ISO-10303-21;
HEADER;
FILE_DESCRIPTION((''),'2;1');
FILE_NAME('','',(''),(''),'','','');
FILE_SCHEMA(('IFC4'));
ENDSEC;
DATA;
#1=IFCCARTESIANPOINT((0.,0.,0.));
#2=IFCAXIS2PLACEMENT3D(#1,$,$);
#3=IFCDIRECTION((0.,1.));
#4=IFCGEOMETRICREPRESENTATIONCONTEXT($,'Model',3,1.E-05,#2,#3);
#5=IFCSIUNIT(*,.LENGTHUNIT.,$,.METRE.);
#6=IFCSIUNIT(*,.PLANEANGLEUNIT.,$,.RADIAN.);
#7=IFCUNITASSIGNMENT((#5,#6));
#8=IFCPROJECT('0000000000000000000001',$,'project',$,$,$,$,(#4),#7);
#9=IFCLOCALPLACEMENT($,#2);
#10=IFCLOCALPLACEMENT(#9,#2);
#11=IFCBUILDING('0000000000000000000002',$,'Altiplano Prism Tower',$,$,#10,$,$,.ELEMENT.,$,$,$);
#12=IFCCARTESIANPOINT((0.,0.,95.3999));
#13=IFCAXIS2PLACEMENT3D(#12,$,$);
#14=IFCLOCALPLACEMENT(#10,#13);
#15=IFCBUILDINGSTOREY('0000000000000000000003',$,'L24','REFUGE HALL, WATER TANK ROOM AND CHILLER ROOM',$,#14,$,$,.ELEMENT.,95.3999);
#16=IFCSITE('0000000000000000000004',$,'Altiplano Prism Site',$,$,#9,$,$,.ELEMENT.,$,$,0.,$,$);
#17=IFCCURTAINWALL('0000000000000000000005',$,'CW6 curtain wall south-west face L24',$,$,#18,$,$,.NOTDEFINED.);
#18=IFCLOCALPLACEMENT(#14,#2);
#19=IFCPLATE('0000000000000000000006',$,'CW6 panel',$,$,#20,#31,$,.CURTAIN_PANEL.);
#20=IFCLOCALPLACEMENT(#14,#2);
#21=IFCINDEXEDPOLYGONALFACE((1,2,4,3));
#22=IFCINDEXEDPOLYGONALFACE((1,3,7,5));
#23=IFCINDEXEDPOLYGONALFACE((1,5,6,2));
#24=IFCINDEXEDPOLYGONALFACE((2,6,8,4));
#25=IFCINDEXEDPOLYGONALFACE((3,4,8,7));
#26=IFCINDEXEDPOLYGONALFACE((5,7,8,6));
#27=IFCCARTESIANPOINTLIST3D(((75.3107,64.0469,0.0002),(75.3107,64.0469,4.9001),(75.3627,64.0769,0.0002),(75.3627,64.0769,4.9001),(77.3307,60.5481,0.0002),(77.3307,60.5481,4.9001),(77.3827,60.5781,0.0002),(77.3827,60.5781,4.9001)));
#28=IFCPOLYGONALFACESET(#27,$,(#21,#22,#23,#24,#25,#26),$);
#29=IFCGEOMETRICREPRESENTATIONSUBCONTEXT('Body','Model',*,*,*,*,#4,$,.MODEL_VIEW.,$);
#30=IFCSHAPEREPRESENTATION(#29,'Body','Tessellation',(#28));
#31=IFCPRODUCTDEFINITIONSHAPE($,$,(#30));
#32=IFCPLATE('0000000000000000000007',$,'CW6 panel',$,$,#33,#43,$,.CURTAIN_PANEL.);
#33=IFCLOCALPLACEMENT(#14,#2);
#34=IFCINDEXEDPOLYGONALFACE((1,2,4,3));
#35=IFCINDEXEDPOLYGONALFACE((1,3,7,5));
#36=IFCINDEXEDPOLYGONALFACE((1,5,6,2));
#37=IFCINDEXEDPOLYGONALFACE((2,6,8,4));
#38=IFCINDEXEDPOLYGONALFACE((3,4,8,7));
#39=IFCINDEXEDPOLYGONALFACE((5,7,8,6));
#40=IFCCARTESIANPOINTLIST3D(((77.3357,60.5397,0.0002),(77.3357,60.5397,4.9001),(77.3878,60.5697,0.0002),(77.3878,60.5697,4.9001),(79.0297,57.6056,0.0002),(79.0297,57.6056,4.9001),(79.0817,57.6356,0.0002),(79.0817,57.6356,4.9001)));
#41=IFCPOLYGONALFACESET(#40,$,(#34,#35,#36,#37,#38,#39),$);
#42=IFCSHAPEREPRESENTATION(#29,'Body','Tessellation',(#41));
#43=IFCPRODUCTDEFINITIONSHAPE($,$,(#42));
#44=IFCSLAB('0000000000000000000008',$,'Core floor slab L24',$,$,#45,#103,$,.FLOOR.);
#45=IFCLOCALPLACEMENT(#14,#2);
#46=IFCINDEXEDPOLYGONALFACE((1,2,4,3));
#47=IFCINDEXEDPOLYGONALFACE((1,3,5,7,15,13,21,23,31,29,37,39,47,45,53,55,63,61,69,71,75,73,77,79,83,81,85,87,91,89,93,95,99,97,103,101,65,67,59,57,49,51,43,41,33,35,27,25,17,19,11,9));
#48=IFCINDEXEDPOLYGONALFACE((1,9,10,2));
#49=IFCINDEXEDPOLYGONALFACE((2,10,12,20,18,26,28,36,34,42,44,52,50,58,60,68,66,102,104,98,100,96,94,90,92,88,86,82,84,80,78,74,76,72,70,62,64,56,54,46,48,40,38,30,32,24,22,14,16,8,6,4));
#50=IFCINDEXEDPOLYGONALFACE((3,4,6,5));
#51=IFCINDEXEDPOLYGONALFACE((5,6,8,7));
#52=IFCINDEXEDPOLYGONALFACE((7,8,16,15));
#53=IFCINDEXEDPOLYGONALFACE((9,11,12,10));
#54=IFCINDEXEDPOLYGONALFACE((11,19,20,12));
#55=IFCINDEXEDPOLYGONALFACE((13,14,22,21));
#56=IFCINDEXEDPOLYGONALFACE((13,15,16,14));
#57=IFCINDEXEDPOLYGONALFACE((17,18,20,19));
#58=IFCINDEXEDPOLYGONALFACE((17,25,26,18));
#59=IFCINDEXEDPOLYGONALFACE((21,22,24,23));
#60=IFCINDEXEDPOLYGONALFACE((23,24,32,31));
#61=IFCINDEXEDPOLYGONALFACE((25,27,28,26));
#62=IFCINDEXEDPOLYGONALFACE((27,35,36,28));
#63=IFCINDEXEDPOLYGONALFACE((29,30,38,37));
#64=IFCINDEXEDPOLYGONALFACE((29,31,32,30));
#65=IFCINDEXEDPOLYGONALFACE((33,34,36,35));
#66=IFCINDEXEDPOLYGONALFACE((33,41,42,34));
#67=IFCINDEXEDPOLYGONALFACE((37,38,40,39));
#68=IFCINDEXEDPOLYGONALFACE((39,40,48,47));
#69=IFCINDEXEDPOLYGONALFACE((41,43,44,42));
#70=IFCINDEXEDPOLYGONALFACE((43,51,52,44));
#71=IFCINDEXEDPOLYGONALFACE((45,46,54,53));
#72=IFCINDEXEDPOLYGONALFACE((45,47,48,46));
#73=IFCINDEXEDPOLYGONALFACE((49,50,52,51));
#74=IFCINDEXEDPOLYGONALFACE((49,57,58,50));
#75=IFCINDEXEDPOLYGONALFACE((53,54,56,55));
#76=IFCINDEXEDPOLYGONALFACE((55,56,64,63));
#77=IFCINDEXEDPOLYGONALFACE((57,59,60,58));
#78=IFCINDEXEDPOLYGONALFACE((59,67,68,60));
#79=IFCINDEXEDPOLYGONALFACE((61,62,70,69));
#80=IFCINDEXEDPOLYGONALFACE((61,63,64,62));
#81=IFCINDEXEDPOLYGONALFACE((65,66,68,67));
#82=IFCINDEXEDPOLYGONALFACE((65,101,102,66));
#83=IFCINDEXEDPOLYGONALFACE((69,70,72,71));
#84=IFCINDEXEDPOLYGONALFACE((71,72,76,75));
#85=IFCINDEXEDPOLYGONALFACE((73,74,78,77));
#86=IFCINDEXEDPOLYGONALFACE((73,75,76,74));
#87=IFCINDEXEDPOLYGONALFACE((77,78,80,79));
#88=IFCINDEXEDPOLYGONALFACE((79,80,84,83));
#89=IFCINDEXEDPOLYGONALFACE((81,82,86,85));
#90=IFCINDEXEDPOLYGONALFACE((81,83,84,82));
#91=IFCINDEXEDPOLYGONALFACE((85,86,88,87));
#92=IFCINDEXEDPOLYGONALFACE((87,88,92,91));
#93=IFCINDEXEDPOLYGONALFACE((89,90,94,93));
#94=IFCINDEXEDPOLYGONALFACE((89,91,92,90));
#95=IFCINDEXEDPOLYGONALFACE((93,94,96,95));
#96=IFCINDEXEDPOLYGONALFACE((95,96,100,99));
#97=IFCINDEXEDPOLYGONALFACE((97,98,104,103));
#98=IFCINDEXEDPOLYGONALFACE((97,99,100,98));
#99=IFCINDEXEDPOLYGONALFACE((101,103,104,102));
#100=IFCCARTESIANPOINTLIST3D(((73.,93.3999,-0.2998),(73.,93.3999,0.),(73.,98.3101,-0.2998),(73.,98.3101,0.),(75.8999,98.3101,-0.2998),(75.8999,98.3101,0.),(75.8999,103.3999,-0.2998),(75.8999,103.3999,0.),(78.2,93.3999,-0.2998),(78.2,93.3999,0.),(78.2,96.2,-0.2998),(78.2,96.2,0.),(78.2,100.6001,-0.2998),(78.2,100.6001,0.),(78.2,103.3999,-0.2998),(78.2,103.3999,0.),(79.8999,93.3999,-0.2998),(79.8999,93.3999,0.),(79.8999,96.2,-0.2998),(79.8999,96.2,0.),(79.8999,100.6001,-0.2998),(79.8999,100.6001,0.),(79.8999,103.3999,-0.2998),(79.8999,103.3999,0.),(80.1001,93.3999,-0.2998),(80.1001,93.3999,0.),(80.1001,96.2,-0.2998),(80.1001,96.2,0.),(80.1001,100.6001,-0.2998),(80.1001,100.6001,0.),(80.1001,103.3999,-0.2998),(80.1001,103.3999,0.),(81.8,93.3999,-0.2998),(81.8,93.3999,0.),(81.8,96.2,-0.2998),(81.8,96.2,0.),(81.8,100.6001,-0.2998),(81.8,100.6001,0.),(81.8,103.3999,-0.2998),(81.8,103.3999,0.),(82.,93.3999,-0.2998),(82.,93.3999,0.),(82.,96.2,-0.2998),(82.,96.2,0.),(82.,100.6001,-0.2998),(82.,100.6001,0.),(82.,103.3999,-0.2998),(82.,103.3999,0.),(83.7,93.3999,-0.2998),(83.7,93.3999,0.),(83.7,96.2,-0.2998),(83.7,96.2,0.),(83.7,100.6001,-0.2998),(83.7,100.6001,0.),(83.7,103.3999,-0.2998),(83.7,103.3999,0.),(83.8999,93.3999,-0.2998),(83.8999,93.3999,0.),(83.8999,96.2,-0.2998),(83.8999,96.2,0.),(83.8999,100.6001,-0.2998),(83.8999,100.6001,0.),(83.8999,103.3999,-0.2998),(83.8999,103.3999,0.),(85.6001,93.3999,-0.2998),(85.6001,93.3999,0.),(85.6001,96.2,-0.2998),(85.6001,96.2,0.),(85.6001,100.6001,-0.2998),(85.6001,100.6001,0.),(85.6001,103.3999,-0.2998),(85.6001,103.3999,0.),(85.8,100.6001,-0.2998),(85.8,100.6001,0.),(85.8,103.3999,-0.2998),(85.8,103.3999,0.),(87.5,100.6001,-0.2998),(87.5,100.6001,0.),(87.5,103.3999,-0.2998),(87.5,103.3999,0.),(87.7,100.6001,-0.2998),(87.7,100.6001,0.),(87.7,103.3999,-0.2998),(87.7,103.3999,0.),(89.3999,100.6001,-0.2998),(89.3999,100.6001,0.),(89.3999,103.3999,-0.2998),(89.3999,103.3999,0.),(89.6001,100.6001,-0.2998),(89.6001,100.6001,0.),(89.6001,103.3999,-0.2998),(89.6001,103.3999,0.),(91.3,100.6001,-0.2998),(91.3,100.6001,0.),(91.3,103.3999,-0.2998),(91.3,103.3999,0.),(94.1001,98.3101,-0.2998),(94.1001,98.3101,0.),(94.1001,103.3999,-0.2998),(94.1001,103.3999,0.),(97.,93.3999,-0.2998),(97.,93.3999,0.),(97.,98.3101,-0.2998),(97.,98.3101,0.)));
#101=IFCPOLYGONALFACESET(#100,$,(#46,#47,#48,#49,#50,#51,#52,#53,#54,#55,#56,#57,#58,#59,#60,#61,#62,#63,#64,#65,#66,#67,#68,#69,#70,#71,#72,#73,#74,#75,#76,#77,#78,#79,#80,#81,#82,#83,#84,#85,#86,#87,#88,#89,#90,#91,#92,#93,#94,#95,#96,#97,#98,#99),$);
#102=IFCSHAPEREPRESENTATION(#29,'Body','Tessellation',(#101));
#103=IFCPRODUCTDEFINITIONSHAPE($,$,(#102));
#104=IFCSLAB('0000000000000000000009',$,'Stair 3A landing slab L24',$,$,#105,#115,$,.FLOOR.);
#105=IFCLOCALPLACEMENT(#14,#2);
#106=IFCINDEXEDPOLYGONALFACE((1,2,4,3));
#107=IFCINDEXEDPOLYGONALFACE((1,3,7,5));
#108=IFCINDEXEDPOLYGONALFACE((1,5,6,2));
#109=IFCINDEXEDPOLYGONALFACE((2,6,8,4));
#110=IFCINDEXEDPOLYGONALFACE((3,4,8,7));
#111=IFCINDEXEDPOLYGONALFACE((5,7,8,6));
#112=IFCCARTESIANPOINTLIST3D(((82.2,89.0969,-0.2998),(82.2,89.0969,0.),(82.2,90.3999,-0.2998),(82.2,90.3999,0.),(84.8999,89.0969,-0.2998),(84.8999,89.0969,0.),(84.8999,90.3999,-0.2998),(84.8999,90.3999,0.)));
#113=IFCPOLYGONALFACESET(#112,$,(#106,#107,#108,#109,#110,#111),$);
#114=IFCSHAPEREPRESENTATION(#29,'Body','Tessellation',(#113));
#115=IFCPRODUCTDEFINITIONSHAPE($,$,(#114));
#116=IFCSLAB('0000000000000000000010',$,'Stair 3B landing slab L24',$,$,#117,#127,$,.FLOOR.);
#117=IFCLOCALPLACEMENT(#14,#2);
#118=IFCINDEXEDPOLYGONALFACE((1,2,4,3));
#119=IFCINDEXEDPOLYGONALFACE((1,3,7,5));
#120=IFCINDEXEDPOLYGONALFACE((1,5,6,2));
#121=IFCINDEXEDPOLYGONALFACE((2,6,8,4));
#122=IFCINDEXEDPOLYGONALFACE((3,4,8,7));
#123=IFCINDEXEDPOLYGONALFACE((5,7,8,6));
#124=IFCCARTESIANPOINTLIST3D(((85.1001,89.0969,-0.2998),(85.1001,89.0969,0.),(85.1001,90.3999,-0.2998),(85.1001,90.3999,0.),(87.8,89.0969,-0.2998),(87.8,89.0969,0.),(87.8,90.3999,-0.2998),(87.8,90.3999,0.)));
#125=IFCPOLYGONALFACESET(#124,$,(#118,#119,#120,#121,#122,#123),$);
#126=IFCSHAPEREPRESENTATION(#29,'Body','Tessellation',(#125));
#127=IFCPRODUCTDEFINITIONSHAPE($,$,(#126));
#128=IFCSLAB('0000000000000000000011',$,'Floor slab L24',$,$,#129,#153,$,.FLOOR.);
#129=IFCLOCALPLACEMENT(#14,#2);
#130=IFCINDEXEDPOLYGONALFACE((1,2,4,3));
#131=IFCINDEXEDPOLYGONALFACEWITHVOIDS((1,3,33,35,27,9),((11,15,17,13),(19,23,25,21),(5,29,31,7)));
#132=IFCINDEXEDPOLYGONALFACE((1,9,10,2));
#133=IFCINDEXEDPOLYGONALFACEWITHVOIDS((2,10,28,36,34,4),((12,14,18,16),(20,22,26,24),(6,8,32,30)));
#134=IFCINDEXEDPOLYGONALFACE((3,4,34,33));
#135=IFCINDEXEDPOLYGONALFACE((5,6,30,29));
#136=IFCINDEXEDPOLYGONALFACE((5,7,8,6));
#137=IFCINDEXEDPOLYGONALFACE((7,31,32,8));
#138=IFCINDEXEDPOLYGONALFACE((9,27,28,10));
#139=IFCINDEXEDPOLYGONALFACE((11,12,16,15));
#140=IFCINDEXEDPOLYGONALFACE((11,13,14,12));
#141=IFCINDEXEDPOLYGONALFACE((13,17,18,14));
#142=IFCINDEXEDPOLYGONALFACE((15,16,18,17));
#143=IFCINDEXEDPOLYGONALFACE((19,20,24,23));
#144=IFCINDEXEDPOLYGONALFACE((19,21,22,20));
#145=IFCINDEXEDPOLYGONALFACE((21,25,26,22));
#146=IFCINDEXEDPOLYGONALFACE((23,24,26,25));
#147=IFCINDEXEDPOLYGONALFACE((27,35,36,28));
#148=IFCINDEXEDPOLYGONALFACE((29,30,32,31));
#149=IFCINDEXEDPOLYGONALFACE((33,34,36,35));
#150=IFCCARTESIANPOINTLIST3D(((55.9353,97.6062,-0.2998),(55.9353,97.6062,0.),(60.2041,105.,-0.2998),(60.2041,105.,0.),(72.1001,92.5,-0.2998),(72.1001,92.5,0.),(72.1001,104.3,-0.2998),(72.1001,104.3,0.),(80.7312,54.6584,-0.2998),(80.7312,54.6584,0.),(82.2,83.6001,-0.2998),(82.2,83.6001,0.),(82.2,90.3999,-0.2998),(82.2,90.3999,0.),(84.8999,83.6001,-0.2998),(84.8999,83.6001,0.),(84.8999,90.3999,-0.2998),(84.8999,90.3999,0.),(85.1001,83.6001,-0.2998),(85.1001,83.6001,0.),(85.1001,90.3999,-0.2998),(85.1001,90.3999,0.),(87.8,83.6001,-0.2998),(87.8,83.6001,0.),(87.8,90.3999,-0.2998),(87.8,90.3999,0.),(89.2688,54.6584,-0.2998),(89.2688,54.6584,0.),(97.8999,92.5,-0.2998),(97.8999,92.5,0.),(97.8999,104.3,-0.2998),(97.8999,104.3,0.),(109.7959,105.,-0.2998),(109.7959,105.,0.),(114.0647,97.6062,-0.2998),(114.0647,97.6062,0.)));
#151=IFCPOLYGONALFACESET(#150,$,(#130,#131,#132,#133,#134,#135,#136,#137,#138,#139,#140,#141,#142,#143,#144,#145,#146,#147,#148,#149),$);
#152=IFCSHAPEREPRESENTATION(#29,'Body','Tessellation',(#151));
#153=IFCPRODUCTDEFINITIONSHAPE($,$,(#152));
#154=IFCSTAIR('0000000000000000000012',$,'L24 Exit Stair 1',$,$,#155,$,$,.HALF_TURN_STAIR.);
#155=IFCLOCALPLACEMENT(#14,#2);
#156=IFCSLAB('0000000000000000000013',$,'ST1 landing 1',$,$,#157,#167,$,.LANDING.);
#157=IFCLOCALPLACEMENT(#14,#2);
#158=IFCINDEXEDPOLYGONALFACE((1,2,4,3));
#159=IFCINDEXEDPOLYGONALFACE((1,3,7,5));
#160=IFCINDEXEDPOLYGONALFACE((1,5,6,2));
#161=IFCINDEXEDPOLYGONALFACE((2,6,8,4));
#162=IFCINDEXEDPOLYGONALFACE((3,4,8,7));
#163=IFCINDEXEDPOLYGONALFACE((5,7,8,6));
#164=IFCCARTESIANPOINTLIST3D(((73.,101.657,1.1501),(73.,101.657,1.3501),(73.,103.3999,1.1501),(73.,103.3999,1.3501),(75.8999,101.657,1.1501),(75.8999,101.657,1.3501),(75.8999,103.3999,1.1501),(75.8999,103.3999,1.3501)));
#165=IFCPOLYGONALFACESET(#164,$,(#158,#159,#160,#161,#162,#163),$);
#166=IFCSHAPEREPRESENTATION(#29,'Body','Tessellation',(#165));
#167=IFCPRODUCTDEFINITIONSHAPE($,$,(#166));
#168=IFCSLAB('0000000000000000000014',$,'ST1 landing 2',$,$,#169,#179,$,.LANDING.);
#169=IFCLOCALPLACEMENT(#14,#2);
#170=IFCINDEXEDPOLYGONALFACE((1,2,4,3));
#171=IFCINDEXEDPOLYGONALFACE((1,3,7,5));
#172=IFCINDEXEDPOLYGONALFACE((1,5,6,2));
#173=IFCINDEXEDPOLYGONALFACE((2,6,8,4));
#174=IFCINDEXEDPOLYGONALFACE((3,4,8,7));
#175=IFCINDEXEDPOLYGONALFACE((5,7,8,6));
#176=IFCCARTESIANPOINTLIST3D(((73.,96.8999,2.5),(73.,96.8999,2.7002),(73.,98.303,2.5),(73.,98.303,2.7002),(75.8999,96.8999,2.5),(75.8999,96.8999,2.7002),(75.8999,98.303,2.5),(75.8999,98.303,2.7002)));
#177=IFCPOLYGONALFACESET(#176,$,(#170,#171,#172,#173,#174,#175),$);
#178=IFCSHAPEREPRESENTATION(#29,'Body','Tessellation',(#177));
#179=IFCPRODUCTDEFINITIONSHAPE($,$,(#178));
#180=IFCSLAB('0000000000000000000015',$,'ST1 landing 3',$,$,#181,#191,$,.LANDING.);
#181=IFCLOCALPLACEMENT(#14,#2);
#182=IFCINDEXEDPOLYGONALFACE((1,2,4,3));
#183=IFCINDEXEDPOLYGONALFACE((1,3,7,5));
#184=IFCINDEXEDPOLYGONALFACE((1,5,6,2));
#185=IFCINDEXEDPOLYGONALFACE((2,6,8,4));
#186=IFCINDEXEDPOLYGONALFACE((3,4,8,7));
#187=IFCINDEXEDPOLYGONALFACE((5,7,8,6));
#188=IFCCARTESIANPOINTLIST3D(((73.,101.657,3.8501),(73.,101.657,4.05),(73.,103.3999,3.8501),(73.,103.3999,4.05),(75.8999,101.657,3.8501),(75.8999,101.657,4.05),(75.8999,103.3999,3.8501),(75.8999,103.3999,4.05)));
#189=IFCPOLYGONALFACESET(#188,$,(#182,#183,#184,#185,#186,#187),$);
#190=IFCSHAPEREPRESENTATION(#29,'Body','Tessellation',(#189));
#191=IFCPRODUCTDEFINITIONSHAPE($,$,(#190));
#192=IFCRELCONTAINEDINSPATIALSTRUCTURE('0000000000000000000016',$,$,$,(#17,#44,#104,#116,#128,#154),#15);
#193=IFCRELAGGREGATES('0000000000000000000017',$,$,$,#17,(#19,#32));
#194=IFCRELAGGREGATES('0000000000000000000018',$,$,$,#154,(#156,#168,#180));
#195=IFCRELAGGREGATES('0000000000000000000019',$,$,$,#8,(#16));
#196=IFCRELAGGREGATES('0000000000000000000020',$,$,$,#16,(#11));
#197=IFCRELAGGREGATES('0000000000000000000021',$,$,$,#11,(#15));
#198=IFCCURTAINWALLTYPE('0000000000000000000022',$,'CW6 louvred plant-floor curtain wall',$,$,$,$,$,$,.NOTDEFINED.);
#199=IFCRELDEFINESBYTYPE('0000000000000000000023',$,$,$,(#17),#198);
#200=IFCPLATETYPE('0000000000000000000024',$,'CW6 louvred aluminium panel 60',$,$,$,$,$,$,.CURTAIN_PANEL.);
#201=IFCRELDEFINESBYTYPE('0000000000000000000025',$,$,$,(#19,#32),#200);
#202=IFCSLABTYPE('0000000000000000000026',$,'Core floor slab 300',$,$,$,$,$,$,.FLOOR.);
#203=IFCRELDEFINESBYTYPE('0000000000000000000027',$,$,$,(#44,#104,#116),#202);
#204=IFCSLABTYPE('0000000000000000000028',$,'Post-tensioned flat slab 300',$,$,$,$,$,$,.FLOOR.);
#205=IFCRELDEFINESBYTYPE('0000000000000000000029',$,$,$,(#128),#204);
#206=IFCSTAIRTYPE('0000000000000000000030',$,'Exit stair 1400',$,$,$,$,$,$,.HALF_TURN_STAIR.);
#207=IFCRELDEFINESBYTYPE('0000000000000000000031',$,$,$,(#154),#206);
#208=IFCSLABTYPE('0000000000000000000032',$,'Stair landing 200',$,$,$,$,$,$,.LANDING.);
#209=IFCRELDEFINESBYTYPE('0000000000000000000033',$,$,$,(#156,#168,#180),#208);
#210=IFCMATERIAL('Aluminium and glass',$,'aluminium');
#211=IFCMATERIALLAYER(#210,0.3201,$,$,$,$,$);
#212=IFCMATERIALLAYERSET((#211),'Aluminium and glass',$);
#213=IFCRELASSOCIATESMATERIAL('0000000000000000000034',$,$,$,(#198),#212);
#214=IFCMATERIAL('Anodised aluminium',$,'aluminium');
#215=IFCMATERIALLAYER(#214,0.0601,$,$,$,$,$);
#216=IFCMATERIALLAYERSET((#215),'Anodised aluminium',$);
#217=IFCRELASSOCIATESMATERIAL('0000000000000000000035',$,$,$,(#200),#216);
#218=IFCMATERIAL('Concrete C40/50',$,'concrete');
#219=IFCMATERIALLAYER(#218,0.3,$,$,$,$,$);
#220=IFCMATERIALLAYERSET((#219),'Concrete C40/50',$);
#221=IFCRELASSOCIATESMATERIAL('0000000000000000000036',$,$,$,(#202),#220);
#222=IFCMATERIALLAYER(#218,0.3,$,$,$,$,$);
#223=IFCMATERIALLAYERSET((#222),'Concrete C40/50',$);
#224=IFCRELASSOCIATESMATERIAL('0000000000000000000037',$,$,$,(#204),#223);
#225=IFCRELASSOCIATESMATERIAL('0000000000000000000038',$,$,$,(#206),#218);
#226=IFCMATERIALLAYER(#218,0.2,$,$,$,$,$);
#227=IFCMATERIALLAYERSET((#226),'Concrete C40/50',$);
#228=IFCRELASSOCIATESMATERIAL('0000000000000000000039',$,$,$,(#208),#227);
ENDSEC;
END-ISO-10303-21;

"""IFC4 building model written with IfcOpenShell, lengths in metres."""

from ifc_helpers import new_model, si_unit, direction, frame, origin, origin_2d, place, context, subcontext, project, spatial, polyline, rectangle, outline, extrude, material, layer, layer_set, type_object, element, aggregate, save


model = new_model("IFC4")

# Units and contexts
model_context = context("Model", 3, precision=1e-05, world=origin(), true_north=direction((0.0, 1.0)))
body_context = subcontext(model_context, "Body", "Model", "MODEL_VIEW")
ifc_project = project(units=[si_unit("LENGTHUNIT", "METRE"), si_unit("PLANEANGLEUNIT", "RADIAN")], contexts=[model_context])

# Site, building, storey
site_placement = place(None, origin())
site = spatial("IfcSite", under=ifc_project, at=site_placement, Name="Altiplano Prism Site", CompositionType="ELEMENT", RefElevation=0.0)
building_placement = place(site_placement, origin())
building = spatial("IfcBuilding", under=site, at=building_placement, Name="Altiplano Prism Tower", CompositionType="ELEMENT")
storey_placement = place(building_placement, frame((0.0, 0.0, 95.3999)))
storey = spatial("IfcBuildingStorey", under=building, at=storey_placement, Name="L24", Description="REFUGE HALL, WATER TANK ROOM AND CHILLER ROOM", CompositionType="ELEMENT", Elevation=95.3999)

# Curtain wall, plates
ifc_material_1 = material(Name="Aluminium and glass", Category="aluminium")
ifc_layer_1 = layer(ifc_material_1, 0.3201)
ifc_layer_set_1 = layer_set([ifc_layer_1], Name="Aluminium and glass")
curtain_wall_type = type_object("IfcCurtainWallType", Name="CW6 louvred plant-floor curtain wall", PredefinedType="NOTDEFINED", material=ifc_layer_set_1)
curtain_wall_placement = place(storey_placement, origin())
curtain_wall = element("IfcCurtainWall", 1, at=curtain_wall_placement, inside=storey, type_object=curtain_wall_type, Name="CW6 curtain wall south-west face L24", PredefinedType="NOTDEFINED")
ifc_material_2 = material(Name="Anodised aluminium", Category="aluminium")
ifc_layer_2 = layer(ifc_material_2, 0.0601)
ifc_layer_set_2 = layer_set([ifc_layer_2], Name="Anodised aluminium")
plate_type = type_object("IfcPlateType", Name="CW6 louvred aluminium panel 60", PredefinedType="CURTAIN_PANEL", material=ifc_layer_set_2)
plate_1_placement = place(storey_placement, frame((76.3467, 62.3125, 0.0002), z_axis=(0.0, 0.0, 1.0), x_axis=(0.5, -0.866025, 0.0)))
plate_1 = element("IfcPlate", 2, at=plate_1_placement, type_object=plate_type, Name="CW6 panel", PredefinedType="CURTAIN_PANEL", context=body_context, shape_type="SweptSolid", body=[
    extrude(rectangle(XDim=4.04, YDim=0.0601, at=origin_2d()), origin(), (0.0, 0.0, 1.0), 4.8999),
])
plate_2_placement = place(storey_placement, frame((78.2087, 59.0876, 0.0002), z_axis=(0.0, 0.0, 1.0), x_axis=(0.5, -0.866025, 0.0)))
plate_2 = element("IfcPlate", 3, at=plate_2_placement, type_object=plate_type, Name="CW6 panel", PredefinedType="CURTAIN_PANEL", context=body_context, shape_type="SweptSolid", body=[
    extrude(rectangle(XDim=3.3879, YDim=0.0601, at=origin_2d()), origin(), (0.0, 0.0, 1.0), 4.8999),
])
aggregate(curtain_wall, [plate_1, plate_2])

# Slabs
ifc_material_3 = material(Name="Concrete C40/50", Category="concrete")
ifc_layer_3 = layer(ifc_material_3, 0.3)
ifc_layer_set_3 = layer_set([ifc_layer_3], Name="Concrete C40/50")
slab_type_1 = type_object("IfcSlabType", Name="Core floor slab 300", PredefinedType="FLOOR", material=ifc_layer_set_3)
slab_1_placement = place(storey_placement, frame((0.0, 0.0, -0.2998)))
element("IfcSlab", 4, at=slab_1_placement, inside=storey, type_object=slab_type_1, Name="Core floor slab L24", PredefinedType="FLOOR", context=body_context, shape_type="SweptSolid", body=[
    extrude(outline(polyline([(97.0, 98.3101), (94.1001, 98.3101), (94.1001, 103.3999), (91.3, 103.3999), (91.3, 100.6001), (89.6001, 100.6001), (89.6001, 103.3999), (89.3999, 103.3999), (89.3999, 100.6001), (87.7, 100.6001), (87.7, 103.3999), (87.5, 103.3999), (87.5, 100.6001), (85.8, 100.6001), (85.8, 103.3999), (85.6001, 103.3999), (85.6001, 100.6001), (83.8999, 100.6001), (83.8999, 103.3999), (83.7, 103.3999), (83.7, 100.6001), (82.0, 100.6001), (82.0, 103.3999), (81.8, 103.3999), (81.8, 100.6001), (80.1001, 100.6001), (80.1001, 103.3999), (79.8999, 103.3999), (79.8999, 100.6001), (78.2, 100.6001), (78.2, 103.3999), (75.8999, 103.3999), (75.8999, 98.3101), (73.0, 98.3101), (73.0, 93.3999), (78.2, 93.3999), (78.2, 96.2), (79.8999, 96.2), (79.8999, 93.3999), (80.1001, 93.3999), (80.1001, 96.2), (81.8, 96.2), (81.8, 93.3999), (82.0, 93.3999), (82.0, 96.2), (83.7, 96.2), (83.7, 93.3999), (83.8999, 93.3999), (83.8999, 96.2), (85.6001, 96.2), (85.6001, 93.3999), (97.0, 93.3999), (97.0, 98.3101)])), origin(), (0.0, 0.0, 1.0), 0.2998),
])
slab_2_placement = place(storey_placement, frame((0.0, 0.0, -0.2998)))
element("IfcSlab", 5, at=slab_2_placement, inside=storey, type_object=slab_type_1, Name="Stair 3A landing slab L24", PredefinedType="FLOOR", context=body_context, shape_type="SweptSolid", body=[
    extrude(outline(polyline([(82.2, 89.0969), (84.8999, 89.0969), (84.8999, 90.3999), (82.2, 90.3999), (82.2, 89.0969)])), origin(), (0.0, 0.0, 1.0), 0.2998),
])
slab_3_placement = place(storey_placement, frame((0.0, 0.0, -0.2998)))
element("IfcSlab", 6, at=slab_3_placement, inside=storey, type_object=slab_type_1, Name="Stair 3B landing slab L24", PredefinedType="FLOOR", context=body_context, shape_type="SweptSolid", body=[
    extrude(outline(polyline([(85.1001, 89.0969), (87.8, 89.0969), (87.8, 90.3999), (85.1001, 90.3999), (85.1001, 89.0969)])), origin(), (0.0, 0.0, 1.0), 0.2998),
])
ifc_layer_4 = layer(ifc_material_3, 0.3)
ifc_layer_set_4 = layer_set([ifc_layer_4], Name="Concrete C40/50")
slab_type_2 = type_object("IfcSlabType", Name="Post-tensioned flat slab 300", PredefinedType="FLOOR", material=ifc_layer_set_4)
slab_4_placement = place(storey_placement, frame((0.0, 0.0, -0.2998)))
element("IfcSlab", 7, at=slab_4_placement, inside=storey, type_object=slab_type_2, Name="Floor slab L24", PredefinedType="FLOOR", context=body_context, shape_type="SweptSolid", body=[
    extrude(outline(polyline([(80.7312, 54.6584), (55.9353, 97.6062), (60.2041, 105.0), (109.7959, 105.0), (114.0647, 97.6062), (89.2688, 54.6584), (80.7312, 54.6584)]), holes=[polyline([(72.1001, 104.3), (72.1001, 92.5), (97.8999, 92.5), (97.8999, 104.3), (72.1001, 104.3)]), polyline([(84.8999, 90.3999), (82.2, 90.3999), (82.2, 83.6001), (84.8999, 83.6001), (84.8999, 90.3999)]), polyline([(87.8, 83.6001), (87.8, 90.3999), (85.1001, 90.3999), (85.1001, 83.6001), (87.8, 83.6001)])]), origin(), (0.0, 0.0, 1.0), 0.2998),
])

# Stair, slabs
stair_type_1 = type_object("IfcStairType", Name="Exit stair 1400", PredefinedType="HALF_TURN_STAIR", material=ifc_material_3)
stair_1_placement = place(storey_placement, origin())
stair_1 = element("IfcStair", 8, at=stair_1_placement, inside=storey, type_object=stair_type_1, Name="L24 Exit Stair 1", PredefinedType="HALF_TURN_STAIR")
ifc_layer_5 = layer(ifc_material_3, 0.2)
ifc_layer_set_5 = layer_set([ifc_layer_5], Name="Concrete C40/50")
slab_type_3 = type_object("IfcSlabType", Name="Stair landing 200", PredefinedType="LANDING", material=ifc_layer_set_5)
slab_5_placement = place(storey_placement, frame((0.0, 0.0, 1.1501)))
slab_5 = element("IfcSlab", 9, at=slab_5_placement, type_object=slab_type_3, Name="ST1 landing 1", PredefinedType="LANDING", context=body_context, shape_type="SweptSolid", body=[
    extrude(outline(polyline([(75.8999, 101.657), (75.8999, 103.3999), (73.0, 103.3999), (73.0, 101.657), (75.8999, 101.657)])), origin(), (0.0, 0.0, 1.0), 0.2),
])
slab_6_placement = place(storey_placement, frame((0.0, 0.0, 2.5)))
slab_6 = element("IfcSlab", 10, at=slab_6_placement, type_object=slab_type_3, Name="ST1 landing 2", PredefinedType="LANDING", context=body_context, shape_type="SweptSolid", body=[
    extrude(outline(polyline([(75.8999, 96.8999), (75.8999, 98.303), (73.0, 98.303), (73.0, 96.8999), (75.8999, 96.8999)])), origin(), (0.0, 0.0, 1.0), 0.2002),
])
slab_7_placement = place(storey_placement, frame((0.0, 0.0, 3.8501)))
slab_7 = element("IfcSlab", 11, at=slab_7_placement, type_object=slab_type_3, Name="ST1 landing 3", PredefinedType="LANDING", context=body_context, shape_type="SweptSolid", body=[
    extrude(outline(polyline([(75.8999, 101.657), (75.8999, 103.3999), (73.0, 103.3999), (73.0, 101.657), (75.8999, 101.657)])), origin(), (0.0, 0.0, 1.0), 0.2),
])
aggregate(stair_1, [slab_5, slab_6, slab_7])

save(model, "model.ifc")
